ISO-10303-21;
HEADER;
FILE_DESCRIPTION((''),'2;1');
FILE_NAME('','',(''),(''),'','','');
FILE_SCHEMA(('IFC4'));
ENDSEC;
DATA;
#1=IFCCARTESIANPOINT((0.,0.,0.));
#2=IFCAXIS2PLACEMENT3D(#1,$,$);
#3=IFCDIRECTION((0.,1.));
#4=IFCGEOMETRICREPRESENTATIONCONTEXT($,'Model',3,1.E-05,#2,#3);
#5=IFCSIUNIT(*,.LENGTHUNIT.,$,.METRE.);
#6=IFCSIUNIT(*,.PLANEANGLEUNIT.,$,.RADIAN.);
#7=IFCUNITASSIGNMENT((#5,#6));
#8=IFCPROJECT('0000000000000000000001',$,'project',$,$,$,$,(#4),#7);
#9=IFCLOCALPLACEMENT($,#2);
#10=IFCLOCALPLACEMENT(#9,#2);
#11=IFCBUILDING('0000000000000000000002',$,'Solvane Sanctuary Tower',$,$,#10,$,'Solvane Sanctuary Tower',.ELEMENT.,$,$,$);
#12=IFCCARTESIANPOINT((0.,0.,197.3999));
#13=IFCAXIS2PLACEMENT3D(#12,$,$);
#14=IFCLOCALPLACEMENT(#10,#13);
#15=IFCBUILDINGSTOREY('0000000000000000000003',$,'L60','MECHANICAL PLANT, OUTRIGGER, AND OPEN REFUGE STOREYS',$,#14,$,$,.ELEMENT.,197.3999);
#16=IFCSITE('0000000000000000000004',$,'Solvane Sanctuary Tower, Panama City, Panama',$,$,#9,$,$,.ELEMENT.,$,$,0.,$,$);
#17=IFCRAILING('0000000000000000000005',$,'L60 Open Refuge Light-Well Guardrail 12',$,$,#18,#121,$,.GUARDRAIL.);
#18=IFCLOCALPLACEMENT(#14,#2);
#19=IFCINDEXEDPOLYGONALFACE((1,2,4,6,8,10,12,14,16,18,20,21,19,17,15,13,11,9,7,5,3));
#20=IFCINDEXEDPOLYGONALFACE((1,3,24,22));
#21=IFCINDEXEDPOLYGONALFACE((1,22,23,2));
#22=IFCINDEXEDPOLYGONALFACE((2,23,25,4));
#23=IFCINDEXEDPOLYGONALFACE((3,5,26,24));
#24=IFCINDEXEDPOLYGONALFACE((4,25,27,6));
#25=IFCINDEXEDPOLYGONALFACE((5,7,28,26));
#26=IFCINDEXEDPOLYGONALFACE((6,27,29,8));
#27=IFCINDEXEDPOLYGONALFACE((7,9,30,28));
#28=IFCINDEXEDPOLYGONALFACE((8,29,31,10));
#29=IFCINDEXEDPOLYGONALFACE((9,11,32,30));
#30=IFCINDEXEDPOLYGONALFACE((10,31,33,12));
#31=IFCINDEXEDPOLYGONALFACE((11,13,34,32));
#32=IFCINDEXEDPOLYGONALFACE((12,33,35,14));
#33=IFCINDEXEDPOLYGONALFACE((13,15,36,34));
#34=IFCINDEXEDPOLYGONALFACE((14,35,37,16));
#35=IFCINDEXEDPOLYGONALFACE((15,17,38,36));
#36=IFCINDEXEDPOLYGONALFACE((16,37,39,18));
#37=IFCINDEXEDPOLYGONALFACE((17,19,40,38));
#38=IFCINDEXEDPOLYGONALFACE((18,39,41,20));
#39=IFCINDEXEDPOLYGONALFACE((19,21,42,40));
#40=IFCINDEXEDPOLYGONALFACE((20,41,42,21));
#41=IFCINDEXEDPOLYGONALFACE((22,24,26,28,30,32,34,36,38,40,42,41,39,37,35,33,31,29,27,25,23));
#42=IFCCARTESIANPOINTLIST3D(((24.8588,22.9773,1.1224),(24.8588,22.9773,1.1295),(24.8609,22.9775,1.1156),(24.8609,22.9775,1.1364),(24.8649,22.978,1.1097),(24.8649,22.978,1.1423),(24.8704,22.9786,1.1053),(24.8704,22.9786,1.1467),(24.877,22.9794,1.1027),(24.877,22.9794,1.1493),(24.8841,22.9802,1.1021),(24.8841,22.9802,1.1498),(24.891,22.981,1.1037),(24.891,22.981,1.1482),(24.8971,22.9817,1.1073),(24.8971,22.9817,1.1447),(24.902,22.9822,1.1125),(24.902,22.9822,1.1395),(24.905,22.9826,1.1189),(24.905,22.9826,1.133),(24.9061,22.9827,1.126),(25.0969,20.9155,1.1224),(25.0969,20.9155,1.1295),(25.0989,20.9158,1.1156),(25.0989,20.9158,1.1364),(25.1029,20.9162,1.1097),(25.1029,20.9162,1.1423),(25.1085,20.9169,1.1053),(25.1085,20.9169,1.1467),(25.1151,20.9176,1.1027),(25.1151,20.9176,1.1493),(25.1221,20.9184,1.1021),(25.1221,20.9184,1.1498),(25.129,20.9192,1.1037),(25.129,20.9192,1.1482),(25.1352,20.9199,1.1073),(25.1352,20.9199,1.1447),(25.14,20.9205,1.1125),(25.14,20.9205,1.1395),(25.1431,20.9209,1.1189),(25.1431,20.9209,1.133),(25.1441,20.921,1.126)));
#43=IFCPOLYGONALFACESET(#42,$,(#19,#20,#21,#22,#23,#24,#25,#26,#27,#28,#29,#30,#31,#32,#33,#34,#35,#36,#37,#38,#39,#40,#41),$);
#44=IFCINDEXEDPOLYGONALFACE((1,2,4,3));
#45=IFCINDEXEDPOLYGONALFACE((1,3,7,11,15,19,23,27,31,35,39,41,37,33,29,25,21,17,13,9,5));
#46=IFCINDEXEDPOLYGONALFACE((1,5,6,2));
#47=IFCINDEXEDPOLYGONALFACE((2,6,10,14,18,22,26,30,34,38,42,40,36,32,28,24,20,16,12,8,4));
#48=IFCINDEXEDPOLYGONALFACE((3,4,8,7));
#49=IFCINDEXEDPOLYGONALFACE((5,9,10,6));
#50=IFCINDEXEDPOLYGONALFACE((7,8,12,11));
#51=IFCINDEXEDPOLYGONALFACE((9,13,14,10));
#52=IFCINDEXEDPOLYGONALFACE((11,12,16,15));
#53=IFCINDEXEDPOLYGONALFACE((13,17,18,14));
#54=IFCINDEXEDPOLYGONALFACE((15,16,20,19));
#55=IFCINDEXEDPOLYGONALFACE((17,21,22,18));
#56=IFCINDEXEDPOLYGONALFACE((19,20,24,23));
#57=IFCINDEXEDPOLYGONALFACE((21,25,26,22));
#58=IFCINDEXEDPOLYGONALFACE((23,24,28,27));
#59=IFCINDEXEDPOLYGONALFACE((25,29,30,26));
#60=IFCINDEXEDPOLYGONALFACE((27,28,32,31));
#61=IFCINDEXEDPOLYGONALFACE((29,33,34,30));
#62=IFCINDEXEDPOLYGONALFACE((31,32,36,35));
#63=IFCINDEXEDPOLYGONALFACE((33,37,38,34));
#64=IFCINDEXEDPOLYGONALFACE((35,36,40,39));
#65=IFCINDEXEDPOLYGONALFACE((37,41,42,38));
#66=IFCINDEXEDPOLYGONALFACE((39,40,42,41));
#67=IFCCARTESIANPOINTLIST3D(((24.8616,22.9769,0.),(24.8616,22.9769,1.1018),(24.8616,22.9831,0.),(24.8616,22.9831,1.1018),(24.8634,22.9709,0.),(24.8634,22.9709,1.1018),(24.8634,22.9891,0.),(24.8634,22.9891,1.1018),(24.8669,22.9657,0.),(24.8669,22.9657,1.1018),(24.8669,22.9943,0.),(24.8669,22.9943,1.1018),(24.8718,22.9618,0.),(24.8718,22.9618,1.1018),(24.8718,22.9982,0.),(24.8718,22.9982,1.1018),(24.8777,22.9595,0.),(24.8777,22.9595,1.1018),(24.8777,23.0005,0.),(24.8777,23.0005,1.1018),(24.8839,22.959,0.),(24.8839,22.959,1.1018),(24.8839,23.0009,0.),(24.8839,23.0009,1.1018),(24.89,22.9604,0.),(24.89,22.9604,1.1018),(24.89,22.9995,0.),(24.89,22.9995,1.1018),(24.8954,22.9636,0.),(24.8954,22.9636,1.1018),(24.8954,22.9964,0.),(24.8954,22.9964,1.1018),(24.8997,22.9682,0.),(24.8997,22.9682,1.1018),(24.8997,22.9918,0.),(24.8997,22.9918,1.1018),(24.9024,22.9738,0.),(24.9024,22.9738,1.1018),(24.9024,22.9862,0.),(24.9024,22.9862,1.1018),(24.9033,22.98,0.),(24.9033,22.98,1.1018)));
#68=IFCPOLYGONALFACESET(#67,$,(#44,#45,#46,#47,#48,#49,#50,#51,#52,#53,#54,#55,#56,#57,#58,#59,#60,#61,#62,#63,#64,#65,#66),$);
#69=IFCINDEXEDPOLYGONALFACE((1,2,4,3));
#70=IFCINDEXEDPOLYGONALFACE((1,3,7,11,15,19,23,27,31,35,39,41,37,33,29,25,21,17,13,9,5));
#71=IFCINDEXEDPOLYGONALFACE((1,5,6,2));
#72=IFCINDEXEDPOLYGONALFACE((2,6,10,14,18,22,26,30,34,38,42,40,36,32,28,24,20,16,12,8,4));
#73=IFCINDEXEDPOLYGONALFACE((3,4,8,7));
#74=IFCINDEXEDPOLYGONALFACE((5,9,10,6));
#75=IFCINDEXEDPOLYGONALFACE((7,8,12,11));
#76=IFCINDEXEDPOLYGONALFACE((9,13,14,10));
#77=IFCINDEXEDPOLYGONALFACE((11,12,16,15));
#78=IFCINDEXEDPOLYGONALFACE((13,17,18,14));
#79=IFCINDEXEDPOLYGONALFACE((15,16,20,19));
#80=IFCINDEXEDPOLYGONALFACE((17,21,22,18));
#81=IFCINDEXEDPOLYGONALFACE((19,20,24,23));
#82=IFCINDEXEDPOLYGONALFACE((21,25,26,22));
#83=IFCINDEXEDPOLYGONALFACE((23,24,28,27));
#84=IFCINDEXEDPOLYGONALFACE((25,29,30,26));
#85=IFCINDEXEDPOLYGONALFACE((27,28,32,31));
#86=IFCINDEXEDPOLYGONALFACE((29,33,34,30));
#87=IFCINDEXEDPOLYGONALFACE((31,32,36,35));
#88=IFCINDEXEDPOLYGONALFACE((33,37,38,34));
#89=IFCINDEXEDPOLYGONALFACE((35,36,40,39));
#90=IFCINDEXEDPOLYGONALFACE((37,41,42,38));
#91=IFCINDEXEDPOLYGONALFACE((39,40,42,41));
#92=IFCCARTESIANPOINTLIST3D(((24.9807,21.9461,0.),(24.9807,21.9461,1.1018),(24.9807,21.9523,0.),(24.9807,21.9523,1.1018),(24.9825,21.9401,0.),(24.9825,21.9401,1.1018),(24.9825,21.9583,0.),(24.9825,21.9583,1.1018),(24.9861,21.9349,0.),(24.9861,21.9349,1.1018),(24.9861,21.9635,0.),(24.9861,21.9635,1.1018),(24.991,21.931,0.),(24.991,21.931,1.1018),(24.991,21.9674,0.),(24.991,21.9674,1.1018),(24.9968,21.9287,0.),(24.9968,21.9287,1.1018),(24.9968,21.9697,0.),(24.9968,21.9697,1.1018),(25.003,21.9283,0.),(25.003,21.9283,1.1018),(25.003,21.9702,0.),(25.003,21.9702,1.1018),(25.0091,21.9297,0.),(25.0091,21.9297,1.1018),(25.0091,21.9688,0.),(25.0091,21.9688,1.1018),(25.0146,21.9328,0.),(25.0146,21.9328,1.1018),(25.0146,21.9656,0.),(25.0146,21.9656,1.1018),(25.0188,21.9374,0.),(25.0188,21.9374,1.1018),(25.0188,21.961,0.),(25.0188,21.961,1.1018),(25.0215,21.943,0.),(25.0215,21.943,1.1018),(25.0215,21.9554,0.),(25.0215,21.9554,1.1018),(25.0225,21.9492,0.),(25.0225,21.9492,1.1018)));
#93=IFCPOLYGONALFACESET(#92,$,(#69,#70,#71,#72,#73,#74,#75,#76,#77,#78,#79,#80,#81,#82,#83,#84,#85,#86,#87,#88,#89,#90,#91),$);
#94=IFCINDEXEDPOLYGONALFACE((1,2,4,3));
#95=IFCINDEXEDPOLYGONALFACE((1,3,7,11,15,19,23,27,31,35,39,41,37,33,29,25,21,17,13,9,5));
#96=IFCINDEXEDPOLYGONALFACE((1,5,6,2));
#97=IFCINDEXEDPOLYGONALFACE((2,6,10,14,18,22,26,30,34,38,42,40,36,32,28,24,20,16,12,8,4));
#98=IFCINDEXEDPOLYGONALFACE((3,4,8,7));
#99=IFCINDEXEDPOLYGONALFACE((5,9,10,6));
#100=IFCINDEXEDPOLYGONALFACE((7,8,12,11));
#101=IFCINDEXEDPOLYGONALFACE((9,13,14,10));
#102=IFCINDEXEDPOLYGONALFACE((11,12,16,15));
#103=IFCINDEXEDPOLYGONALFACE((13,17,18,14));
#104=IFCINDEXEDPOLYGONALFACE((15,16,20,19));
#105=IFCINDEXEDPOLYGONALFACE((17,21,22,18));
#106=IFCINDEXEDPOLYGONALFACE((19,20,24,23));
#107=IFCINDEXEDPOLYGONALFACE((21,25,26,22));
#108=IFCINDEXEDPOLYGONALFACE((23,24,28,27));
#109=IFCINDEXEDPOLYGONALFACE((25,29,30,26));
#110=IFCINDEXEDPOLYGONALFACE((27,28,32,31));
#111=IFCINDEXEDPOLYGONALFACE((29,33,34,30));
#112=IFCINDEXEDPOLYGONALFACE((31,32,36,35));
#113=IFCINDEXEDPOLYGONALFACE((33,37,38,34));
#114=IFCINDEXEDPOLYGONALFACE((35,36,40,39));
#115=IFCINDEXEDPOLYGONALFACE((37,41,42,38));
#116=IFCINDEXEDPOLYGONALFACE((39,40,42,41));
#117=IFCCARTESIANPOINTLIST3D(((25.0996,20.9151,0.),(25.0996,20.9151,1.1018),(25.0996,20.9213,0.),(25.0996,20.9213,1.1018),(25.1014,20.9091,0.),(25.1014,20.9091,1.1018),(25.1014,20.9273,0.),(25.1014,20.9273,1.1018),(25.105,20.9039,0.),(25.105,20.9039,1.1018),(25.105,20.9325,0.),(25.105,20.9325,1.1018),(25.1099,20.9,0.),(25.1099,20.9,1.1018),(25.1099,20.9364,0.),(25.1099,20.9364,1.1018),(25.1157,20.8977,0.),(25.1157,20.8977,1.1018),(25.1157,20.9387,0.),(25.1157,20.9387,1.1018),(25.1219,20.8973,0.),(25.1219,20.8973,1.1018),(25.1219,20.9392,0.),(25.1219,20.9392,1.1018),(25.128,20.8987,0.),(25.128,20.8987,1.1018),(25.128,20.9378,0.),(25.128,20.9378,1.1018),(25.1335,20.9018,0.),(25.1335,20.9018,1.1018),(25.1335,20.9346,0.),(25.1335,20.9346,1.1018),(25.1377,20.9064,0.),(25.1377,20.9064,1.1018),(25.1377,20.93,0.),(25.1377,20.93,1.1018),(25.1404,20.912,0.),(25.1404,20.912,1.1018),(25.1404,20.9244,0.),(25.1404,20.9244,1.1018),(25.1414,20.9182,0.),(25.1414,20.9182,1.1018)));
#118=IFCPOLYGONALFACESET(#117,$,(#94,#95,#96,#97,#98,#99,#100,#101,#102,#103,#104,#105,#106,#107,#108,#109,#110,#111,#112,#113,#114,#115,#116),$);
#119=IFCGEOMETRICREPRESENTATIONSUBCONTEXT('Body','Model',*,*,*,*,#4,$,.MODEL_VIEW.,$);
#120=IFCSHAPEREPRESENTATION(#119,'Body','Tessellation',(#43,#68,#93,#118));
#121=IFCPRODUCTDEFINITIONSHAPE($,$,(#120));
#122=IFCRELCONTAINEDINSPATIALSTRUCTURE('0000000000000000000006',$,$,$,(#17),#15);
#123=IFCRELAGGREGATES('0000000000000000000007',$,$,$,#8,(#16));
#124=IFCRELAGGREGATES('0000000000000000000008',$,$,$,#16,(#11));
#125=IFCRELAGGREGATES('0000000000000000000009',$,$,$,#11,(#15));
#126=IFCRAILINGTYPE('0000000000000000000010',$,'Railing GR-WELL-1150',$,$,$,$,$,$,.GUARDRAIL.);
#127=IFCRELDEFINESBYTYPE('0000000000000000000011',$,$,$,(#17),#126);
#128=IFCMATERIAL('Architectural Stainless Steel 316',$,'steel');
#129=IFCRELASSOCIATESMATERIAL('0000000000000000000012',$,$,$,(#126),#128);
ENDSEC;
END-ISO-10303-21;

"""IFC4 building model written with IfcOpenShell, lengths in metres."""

from ifc_helpers import new_model, si_unit, direction, frame, origin, origin_2d, place, context, subcontext, project, spatial, circle, extrude, material, type_object, element, save


model = new_model("IFC4")

# Units and contexts
model_context = context("Model", 3, precision=1e-05, world=origin(), true_north=direction((0.0, 1.0)))
body_context = subcontext(model_context, "Body", "Model", "MODEL_VIEW")
ifc_project = project(units=[si_unit("LENGTHUNIT", "METRE"), si_unit("PLANEANGLEUNIT", "RADIAN")], contexts=[model_context])

# Site, building, storey
site_placement = place(None, origin())
site = spatial("IfcSite", under=ifc_project, at=site_placement, Name="Solvane Sanctuary Tower, Panama City, Panama", CompositionType="ELEMENT", RefElevation=0.0)
building_placement = place(site_placement, origin())
building = spatial("IfcBuilding", under=site, at=building_placement, Name="Solvane Sanctuary Tower", LongName="Solvane Sanctuary Tower", CompositionType="ELEMENT")
storey_placement = place(building_placement, frame((0.0, 0.0, 197.3999)))
storey = spatial("IfcBuildingStorey", under=building, at=storey_placement, Name="L60", Description="MECHANICAL PLANT, OUTRIGGER, AND OPEN REFUGE STOREYS", CompositionType="ELEMENT", Elevation=197.3999)

# Shared definitions
ifc_material_1 = material(Name="Architectural Stainless Steel 316", Category="steel")

# Railing
railing_type = type_object("IfcRailingType", Name="Railing GR-WELL-1150", PredefinedType="GUARDRAIL", material=ifc_material_1)
railing_1_placement = place(storey_placement, frame((24.8823, 22.98, 0.0)))
element("IfcRailing", 1, at=railing_1_placement, inside=storey, type_object=railing_type, Name="L60 Open Refuge Light-Well Guardrail 12", PredefinedType="GUARDRAIL", context=body_context, shape_type="SweptSolid", body=[
    extrude(circle(Radius=0.0239, at=origin_2d()), frame((0.0, 0.0, 1.126), z_axis=(0.114691, -0.993401, 0.0), x_axis=(0.993401, 0.114691, 0.0)), (0.0, 0.0, 1.0), 2.0754),
    extrude(circle(Radius=0.021, at=origin_2d()), origin(), (0.0, 0.0, 1.0), 1.1018),
    extrude(circle(Radius=0.021, at=origin_2d()), frame((0.1191, -1.0308, 0.0)), (0.0, 0.0, 1.0), 1.1018),
    extrude(circle(Radius=0.021, at=origin_2d()), frame((0.238, -2.0618, 0.0)), (0.0, 0.0, 1.0), 1.1018),
])

save(model, "model.ifc")
